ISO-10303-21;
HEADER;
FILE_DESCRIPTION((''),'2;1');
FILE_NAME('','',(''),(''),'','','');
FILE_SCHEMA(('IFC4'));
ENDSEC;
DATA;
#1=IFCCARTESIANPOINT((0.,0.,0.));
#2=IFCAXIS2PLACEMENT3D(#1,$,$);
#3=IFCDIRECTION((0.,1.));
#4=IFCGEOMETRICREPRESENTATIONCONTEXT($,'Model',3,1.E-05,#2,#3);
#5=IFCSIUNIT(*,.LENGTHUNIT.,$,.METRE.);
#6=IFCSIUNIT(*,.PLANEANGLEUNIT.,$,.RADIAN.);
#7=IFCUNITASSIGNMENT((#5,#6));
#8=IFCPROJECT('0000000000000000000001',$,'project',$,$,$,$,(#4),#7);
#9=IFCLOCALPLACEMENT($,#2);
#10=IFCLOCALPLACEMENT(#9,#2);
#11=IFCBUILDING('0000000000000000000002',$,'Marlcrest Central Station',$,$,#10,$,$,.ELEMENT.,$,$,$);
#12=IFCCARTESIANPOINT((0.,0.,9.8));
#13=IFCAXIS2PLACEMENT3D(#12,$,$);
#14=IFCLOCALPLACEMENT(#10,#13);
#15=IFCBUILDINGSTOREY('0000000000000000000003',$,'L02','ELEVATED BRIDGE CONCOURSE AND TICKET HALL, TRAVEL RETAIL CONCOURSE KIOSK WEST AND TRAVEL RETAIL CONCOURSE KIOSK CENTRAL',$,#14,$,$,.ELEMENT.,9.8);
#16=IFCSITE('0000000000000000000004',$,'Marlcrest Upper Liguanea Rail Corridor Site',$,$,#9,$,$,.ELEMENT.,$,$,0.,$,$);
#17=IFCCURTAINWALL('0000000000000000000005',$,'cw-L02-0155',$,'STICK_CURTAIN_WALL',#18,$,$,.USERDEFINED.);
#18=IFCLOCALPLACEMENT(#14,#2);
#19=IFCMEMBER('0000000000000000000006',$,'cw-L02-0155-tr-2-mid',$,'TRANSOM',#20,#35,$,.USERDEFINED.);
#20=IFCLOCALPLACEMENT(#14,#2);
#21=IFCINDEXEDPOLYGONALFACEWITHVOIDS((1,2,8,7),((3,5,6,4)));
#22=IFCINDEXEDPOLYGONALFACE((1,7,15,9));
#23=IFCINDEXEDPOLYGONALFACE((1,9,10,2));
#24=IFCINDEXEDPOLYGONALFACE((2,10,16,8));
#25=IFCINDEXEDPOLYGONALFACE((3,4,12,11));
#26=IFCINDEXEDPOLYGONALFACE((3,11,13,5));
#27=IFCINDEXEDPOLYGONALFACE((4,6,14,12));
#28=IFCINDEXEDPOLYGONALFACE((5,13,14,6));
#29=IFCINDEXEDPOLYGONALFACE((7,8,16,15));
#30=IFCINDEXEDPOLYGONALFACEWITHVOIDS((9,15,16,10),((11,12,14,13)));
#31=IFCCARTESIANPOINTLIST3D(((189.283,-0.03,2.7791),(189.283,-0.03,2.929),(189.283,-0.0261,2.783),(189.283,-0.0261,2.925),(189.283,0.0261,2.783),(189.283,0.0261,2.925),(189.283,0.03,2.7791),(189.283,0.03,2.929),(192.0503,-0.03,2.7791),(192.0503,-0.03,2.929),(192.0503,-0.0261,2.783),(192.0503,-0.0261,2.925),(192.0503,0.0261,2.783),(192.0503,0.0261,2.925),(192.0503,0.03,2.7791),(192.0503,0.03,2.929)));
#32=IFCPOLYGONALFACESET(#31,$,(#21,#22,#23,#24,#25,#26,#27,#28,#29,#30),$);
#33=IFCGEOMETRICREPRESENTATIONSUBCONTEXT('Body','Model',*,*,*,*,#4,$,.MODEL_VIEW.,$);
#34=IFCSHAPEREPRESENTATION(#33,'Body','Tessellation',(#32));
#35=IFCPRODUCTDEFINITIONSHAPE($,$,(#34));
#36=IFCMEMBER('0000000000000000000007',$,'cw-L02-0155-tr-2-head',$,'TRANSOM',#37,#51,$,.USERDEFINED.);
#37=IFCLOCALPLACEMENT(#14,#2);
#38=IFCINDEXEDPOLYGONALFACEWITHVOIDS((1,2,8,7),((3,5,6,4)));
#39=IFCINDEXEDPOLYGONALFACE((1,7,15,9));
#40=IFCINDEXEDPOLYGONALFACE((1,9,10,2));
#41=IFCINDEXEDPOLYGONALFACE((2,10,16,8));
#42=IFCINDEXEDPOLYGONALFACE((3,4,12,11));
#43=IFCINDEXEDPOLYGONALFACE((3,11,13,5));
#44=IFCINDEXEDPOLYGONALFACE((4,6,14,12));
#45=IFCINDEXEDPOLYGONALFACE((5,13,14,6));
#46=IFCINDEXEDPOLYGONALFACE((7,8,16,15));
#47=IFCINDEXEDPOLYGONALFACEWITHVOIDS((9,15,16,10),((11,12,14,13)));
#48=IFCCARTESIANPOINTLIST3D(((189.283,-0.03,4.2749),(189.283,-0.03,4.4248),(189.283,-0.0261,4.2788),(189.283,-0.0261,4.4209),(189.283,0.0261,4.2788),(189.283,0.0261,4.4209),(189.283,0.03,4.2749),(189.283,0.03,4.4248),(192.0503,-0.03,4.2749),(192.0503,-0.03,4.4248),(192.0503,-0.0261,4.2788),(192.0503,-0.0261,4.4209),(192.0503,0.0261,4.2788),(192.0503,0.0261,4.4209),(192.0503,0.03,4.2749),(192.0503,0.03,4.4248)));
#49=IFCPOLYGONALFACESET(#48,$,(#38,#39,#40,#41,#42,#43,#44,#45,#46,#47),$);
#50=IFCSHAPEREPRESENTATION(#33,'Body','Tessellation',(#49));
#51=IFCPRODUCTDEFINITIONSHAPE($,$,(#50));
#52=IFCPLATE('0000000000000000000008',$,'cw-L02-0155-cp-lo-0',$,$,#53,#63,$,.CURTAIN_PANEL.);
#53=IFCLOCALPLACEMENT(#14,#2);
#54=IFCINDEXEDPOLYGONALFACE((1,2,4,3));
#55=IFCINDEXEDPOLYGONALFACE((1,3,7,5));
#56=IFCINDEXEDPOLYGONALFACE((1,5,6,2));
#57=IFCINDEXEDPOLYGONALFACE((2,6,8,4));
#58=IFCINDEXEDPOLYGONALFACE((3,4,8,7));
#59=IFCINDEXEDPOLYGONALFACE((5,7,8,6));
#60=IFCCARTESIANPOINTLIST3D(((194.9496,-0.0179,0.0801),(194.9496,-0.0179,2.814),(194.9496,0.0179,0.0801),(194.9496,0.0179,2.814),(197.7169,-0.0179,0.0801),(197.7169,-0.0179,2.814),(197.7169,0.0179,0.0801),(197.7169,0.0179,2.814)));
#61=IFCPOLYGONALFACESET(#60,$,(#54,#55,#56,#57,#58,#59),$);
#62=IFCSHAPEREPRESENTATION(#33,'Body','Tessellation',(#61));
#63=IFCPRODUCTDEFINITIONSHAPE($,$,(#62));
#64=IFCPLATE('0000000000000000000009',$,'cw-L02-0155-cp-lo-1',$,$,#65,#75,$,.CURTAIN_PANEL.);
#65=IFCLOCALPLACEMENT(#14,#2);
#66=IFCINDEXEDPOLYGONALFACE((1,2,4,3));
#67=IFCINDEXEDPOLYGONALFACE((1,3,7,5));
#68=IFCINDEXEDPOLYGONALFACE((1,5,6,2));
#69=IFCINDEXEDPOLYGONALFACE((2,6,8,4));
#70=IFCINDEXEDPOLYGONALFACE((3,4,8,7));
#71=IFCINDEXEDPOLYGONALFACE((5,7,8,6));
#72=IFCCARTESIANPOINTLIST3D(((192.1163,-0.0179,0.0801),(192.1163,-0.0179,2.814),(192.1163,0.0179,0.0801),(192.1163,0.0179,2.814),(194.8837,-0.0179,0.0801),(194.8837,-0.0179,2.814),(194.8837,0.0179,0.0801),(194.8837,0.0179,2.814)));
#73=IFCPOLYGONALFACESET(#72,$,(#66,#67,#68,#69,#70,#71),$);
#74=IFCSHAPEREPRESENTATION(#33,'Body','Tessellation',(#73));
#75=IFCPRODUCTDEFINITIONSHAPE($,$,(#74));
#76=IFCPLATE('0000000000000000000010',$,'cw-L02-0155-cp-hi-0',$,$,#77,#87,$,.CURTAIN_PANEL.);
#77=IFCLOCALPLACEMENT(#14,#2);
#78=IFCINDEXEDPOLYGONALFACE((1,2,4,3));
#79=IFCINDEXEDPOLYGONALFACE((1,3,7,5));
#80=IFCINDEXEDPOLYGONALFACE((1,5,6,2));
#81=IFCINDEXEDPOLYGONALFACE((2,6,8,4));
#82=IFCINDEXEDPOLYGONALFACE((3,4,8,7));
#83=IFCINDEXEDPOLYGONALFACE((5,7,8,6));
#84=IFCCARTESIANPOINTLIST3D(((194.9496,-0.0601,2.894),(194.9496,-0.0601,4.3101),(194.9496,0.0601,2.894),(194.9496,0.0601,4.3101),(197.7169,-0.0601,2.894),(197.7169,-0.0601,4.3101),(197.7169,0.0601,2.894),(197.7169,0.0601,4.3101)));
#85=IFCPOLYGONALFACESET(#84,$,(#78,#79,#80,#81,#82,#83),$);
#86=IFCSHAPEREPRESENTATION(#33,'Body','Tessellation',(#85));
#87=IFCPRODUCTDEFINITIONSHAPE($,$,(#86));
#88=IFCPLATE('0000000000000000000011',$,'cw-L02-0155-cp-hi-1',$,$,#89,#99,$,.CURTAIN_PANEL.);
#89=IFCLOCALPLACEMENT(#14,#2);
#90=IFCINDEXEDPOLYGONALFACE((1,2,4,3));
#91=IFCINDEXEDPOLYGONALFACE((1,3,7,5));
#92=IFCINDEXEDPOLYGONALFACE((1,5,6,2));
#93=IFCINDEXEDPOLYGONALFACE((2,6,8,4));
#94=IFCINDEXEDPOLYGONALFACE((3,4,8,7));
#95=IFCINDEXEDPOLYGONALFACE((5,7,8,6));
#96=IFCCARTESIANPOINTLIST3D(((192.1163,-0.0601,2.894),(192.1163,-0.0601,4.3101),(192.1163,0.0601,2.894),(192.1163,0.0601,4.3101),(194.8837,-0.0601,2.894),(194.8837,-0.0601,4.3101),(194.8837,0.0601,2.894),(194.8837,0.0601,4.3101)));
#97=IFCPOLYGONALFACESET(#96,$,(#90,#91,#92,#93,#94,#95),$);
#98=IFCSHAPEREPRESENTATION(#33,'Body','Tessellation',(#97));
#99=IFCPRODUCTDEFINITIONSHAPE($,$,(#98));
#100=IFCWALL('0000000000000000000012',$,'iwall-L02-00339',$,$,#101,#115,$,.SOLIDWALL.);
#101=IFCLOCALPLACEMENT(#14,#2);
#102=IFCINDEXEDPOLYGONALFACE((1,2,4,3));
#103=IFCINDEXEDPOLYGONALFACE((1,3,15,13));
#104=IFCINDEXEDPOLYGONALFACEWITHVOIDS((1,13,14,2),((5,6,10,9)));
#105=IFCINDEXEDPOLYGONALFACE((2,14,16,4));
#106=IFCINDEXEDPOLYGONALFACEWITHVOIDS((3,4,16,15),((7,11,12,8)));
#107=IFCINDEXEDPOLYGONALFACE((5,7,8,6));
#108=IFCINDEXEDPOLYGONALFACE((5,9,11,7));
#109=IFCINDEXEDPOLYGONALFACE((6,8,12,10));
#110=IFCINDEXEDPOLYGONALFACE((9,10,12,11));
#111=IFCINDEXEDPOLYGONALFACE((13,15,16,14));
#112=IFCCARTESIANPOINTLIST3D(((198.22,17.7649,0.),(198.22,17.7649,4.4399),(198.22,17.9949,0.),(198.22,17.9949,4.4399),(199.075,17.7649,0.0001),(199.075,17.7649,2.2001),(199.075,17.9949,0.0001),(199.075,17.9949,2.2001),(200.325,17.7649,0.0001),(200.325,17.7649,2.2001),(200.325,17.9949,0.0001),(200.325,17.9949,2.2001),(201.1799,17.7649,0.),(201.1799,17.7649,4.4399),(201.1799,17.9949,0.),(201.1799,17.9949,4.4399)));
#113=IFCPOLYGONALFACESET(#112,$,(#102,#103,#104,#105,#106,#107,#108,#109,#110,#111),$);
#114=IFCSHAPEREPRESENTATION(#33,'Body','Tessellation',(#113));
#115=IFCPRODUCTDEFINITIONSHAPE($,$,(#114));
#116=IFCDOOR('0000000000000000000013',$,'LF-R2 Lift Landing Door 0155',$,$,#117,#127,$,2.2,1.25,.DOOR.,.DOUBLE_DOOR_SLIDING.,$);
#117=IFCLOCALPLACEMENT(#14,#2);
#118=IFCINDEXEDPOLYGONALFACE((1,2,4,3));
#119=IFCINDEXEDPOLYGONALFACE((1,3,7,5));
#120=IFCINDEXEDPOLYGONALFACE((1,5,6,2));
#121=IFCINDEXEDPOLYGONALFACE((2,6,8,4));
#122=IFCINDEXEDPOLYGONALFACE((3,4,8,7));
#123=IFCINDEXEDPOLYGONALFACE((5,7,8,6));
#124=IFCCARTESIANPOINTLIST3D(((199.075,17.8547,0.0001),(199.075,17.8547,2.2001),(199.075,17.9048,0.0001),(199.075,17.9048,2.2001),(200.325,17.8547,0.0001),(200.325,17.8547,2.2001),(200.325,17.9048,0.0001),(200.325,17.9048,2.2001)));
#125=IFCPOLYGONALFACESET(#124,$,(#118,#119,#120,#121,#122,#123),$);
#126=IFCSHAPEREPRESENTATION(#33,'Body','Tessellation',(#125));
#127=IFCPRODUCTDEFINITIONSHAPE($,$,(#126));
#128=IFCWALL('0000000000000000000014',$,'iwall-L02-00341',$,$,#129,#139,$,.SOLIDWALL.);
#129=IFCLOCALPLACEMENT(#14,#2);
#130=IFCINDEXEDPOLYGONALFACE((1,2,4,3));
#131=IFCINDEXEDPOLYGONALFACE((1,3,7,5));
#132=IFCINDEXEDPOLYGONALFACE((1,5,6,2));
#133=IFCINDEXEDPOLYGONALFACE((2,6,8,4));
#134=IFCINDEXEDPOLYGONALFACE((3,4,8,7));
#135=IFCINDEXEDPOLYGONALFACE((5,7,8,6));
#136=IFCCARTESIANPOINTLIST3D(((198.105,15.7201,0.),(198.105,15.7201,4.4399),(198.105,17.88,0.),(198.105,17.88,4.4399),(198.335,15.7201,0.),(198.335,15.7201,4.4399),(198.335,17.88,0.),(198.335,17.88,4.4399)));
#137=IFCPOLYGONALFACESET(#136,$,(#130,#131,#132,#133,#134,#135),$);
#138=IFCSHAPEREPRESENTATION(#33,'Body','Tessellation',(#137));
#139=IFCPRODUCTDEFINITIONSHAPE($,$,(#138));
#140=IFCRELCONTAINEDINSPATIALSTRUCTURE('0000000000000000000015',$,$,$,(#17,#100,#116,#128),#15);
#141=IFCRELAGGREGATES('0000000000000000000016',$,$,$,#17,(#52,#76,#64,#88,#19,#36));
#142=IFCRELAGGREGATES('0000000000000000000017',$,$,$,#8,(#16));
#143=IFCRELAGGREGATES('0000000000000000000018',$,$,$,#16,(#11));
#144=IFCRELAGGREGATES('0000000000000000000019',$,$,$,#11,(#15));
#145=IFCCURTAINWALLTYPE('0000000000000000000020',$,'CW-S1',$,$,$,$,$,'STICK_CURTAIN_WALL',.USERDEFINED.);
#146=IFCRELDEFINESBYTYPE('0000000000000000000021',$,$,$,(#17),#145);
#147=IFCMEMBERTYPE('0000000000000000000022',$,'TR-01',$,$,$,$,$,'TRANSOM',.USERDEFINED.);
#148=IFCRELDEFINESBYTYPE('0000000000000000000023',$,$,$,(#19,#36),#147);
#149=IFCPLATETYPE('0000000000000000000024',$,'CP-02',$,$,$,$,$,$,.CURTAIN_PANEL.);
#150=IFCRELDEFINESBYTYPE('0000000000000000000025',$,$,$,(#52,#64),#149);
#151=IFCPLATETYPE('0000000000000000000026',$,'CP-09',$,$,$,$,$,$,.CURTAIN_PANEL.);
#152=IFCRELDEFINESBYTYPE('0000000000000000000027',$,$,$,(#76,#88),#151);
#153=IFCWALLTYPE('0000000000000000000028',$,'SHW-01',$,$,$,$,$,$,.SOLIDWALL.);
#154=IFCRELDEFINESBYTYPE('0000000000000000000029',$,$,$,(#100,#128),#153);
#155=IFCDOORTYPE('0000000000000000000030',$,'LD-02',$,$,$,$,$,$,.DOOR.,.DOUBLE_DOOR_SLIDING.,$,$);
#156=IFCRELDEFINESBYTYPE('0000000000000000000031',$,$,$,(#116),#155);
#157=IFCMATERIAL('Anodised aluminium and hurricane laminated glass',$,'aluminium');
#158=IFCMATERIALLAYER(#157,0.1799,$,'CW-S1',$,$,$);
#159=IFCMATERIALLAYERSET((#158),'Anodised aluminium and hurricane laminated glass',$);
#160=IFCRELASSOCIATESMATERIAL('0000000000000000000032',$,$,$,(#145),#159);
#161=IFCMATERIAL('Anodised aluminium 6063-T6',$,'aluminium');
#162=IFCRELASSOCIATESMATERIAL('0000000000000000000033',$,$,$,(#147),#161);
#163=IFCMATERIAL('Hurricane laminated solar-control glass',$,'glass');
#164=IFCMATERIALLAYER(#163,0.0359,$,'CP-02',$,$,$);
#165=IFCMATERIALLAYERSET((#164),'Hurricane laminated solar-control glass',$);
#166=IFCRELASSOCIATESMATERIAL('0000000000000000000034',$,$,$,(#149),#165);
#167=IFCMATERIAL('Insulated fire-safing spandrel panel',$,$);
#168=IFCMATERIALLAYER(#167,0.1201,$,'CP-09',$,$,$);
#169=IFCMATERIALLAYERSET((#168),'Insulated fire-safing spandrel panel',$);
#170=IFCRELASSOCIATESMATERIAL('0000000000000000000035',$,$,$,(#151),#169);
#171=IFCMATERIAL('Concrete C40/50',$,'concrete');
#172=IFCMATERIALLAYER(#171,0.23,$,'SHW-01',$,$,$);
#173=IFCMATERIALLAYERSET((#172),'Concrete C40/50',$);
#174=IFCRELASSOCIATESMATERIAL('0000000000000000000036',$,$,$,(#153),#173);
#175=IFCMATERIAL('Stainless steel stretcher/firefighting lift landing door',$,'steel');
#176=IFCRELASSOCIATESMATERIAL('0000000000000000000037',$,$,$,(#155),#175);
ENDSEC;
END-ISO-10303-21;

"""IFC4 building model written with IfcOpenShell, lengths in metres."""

from ifc_helpers import new_model, si_unit, direction, frame, frame_2d, origin, origin_2d, place, context, subcontext, project, spatial, rectangle, hollow_rectangle, extrude, material, layer, layer_set, material_profile, profile_set, type_object, element, fill, aggregate, save


model = new_model("IFC4")

# Units and contexts
model_context = context("Model", 3, precision=1e-05, world=origin(), true_north=direction((0.0, 1.0)))
body_context = subcontext(model_context, "Body", "Model", "MODEL_VIEW")
ifc_project = project(units=[si_unit("LENGTHUNIT", "METRE"), si_unit("PLANEANGLEUNIT", "RADIAN")], contexts=[model_context])

# Site, building, storey
site_placement = place(None, origin())
site = spatial("IfcSite", under=ifc_project, at=site_placement, Name="Marlcrest Upper Liguanea Rail Corridor Site", CompositionType="ELEMENT", RefElevation=0.0)
building_placement = place(site_placement, origin())
building = spatial("IfcBuilding", under=site, at=building_placement, Name="Marlcrest Central Station", CompositionType="ELEMENT")
storey_placement = place(building_placement, frame((0.0, 0.0, 9.8)))
storey = spatial("IfcBuildingStorey", under=building, at=storey_placement, Name="L02", Description="ELEVATED BRIDGE CONCOURSE AND TICKET HALL, TRAVEL RETAIL CONCOURSE KIOSK WEST AND TRAVEL RETAIL CONCOURSE KIOSK CENTRAL", CompositionType="ELEMENT", Elevation=9.8)

# Shared definitions
ifc_material_1 = material(Name="Concrete C40/50", Category="concrete")

# Curtain wall
ifc_material_2 = material(Name="Anodised aluminium and hurricane laminated glass", Category="aluminium")
ifc_layer_1 = layer(ifc_material_2, 0.1799, Name="CW-S1")
ifc_layer_set_1 = layer_set([ifc_layer_1], Name="Anodised aluminium and hurricane laminated glass")
curtain_wall_type = type_object("IfcCurtainWallType", Name="CW-S1", ElementType="STICK_CURTAIN_WALL", PredefinedType="USERDEFINED", material=ifc_layer_set_1)
curtain_wall_placement = place(storey_placement, origin())
curtain_wall = element("IfcCurtainWall", 1, at=curtain_wall_placement, inside=storey, type_object=curtain_wall_type, Name="cw-L02-0155", ObjectType="STICK_CURTAIN_WALL", PredefinedType="USERDEFINED")
ifc_material_3 = material(Name="Anodised aluminium 6063-T6", Category="aluminium")

# Members
ifc_material_profile_1 = material_profile(ifc_material_3, hollow_rectangle(XDim=0.0601, YDim=0.1499, WallThickness=0.0039, at=origin_2d()), Name="AA-RHS 150x60x4")
ifc_profile_set_1 = profile_set([ifc_material_profile_1], Name="Anodised aluminium 6063-T6")
member_type_1 = type_object("IfcMemberType", Name="TR-01", ElementType="TRANSOM", PredefinedType="USERDEFINED", material=ifc_profile_set_1)
member_1_placement = place(storey_placement, frame((192.0503, 0.0, 2.854), z_axis=(-1.0, 0.0, 0.0), x_axis=(0.0, -1.0, 0.0)))
member_1 = element("IfcMember", 2, at=member_1_placement, type_object=member_type_1, Name="cw-L02-0155-tr-2-mid", ObjectType="TRANSOM", PredefinedType="USERDEFINED", context=body_context, shape_type="SweptSolid", body=[
    extrude(hollow_rectangle(XDim=0.0601, YDim=0.1499, WallThickness=0.0039, at=origin_2d()), origin(), (0.0, 0.0, 1.0), 2.7673),
])
member_2_placement = place(storey_placement, frame((192.0503, 0.0, 4.3499), z_axis=(-1.0, 0.0, 0.0), x_axis=(0.0, -1.0, 0.0)))
member_2 = element("IfcMember", 3, at=member_2_placement, type_object=member_type_1, Name="cw-L02-0155-tr-2-head", ObjectType="TRANSOM", PredefinedType="USERDEFINED", context=body_context, shape_type="SweptSolid", body=[
    extrude(hollow_rectangle(XDim=0.0601, YDim=0.1499, WallThickness=0.0039, at=origin_2d()), origin(), (0.0, 0.0, 1.0), 2.7673),
])

# Plates
ifc_material_4 = material(Name="Hurricane laminated solar-control glass", Category="glass")
ifc_layer_2 = layer(ifc_material_4, 0.0359, Name="CP-02")
ifc_layer_set_2 = layer_set([ifc_layer_2], Name="Hurricane laminated solar-control glass")
plate_type_1 = type_object("IfcPlateType", Name="CP-02", PredefinedType="CURTAIN_PANEL", material=ifc_layer_set_2)
plate_1_placement = place(storey_placement, frame((196.3333, 0.0, 0.0801), z_axis=(0.0, 0.0, 1.0), x_axis=(-1.0, 0.0, 0.0)))
plate_1 = element("IfcPlate", 4, at=plate_1_placement, type_object=plate_type_1, Name="cw-L02-0155-cp-lo-0", PredefinedType="CURTAIN_PANEL", context=body_context, shape_type="SweptSolid", body=[
    extrude(rectangle(XDim=2.7673, YDim=0.0359, at=origin_2d()), origin(), (0.0, 0.0, 1.0), 2.7339),
])
plate_2_placement = place(storey_placement, frame((193.5, 0.0, 0.0801), z_axis=(0.0, 0.0, 1.0), x_axis=(-1.0, 0.0, 0.0)))
plate_2 = element("IfcPlate", 5, at=plate_2_placement, type_object=plate_type_1, Name="cw-L02-0155-cp-lo-1", PredefinedType="CURTAIN_PANEL", context=body_context, shape_type="SweptSolid", body=[
    extrude(rectangle(XDim=2.7673, YDim=0.0359, at=origin_2d()), origin(), (0.0, 0.0, 1.0), 2.7339),
])
ifc_material_5 = material(Name="Insulated fire-safing spandrel panel")
ifc_layer_3 = layer(ifc_material_5, 0.1201, Name="CP-09")
ifc_layer_set_3 = layer_set([ifc_layer_3], Name="Insulated fire-safing spandrel panel")
plate_type_2 = type_object("IfcPlateType", Name="CP-09", PredefinedType="CURTAIN_PANEL", material=ifc_layer_set_3)
plate_3_placement = place(storey_placement, frame((196.3333, 0.0, 2.894), z_axis=(0.0, 0.0, 1.0), x_axis=(-1.0, 0.0, 0.0)))
plate_3 = element("IfcPlate", 6, at=plate_3_placement, type_object=plate_type_2, Name="cw-L02-0155-cp-hi-0", PredefinedType="CURTAIN_PANEL", context=body_context, shape_type="SweptSolid", body=[
    extrude(rectangle(XDim=2.7673, YDim=0.1201, at=origin_2d()), origin(), (0.0, 0.0, 1.0), 1.416),
])
plate_4_placement = place(storey_placement, frame((193.5, 0.0, 2.894), z_axis=(0.0, 0.0, 1.0), x_axis=(-1.0, 0.0, 0.0)))
plate_4 = element("IfcPlate", 7, at=plate_4_placement, type_object=plate_type_2, Name="cw-L02-0155-cp-hi-1", PredefinedType="CURTAIN_PANEL", context=body_context, shape_type="SweptSolid", body=[
    extrude(rectangle(XDim=2.7673, YDim=0.1201, at=origin_2d()), origin(), (0.0, 0.0, 1.0), 1.416),
])
aggregate(curtain_wall, [plate_1, plate_3, plate_2, plate_4, member_1, member_2])

# Wall, opening, door
ifc_layer_4 = layer(ifc_material_1, 0.23, Name="SHW-01")
ifc_layer_set_4 = layer_set([ifc_layer_4], Name="Concrete C40/50")
wall_type = type_object("IfcWallType", Name="SHW-01", PredefinedType="SOLIDWALL", material=ifc_layer_set_4)
wall_1_placement = place(storey_placement, frame((198.22, 17.8799, 0.0), z_axis=(0.0, 0.0, 1.0), x_axis=(1.0, 0.0, 0.0)))
wall_1 = element("IfcWall", 8, at=wall_1_placement, inside=storey, type_object=wall_type, Name="iwall-L02-00339", PredefinedType="SOLIDWALL", context=body_context, shape_type="SweptSolid", body=[
    extrude(rectangle(XDim=2.96, YDim=0.23, at=frame_2d((1.48, 0.0))), origin(), (0.0, 0.0, 1.0), 4.4399),
])
opening_placement = place(wall_1_placement, frame((0.855, 0.0, 0.0)))
opening = element("IfcOpeningElement", 9, at=opening_placement, cuts=wall_1, PredefinedType="OPENING", context=body_context, shape_type="SweptSolid", body=[
    extrude(rectangle(XDim=1.25, YDim=2.2, at=frame_2d((0.625, 1.1001))), frame((0.0, 0.125, 0.0), z_axis=(0.0, -1.0, 0.0), x_axis=(1.0, 0.0, 0.0)), (0.0, 0.0, 1.0), 0.25),
])
ifc_material_6 = material(Name="Stainless steel stretcher/firefighting lift landing door", Category="steel")
door_type = type_object("IfcDoorType", Name="LD-02", OperationType="DOUBLE_DOOR_SLIDING", PredefinedType="DOOR", material=ifc_material_6)
door_placement = place(opening_placement, origin())
door = element("IfcDoor", 10, at=door_placement, inside=storey, type_object=door_type, Name="LF-R2 Lift Landing Door 0155", OperationType="DOUBLE_DOOR_SLIDING", OverallHeight=2.2, OverallWidth=1.25, PredefinedType="DOOR", context=body_context, shape_type="SweptSolid", body=[
    extrude(rectangle(XDim=1.25, YDim=2.2, at=frame_2d((0.625, 1.1001))), frame((0.0, 0.0249, 0.0), z_axis=(0.0, -1.0, 0.0), x_axis=(1.0, 0.0, 0.0)), (0.0, 0.0, 1.0), 0.05),
])
fill(opening, door)

# Wall
wall_2_placement = place(storey_placement, frame((198.22, 15.72, 0.0), z_axis=(0.0, 0.0, 1.0), x_axis=(0.0, 1.0, 0.0)))
element("IfcWall", 11, at=wall_2_placement, inside=storey, type_object=wall_type, Name="iwall-L02-00341", PredefinedType="SOLIDWALL", context=body_context, shape_type="SweptSolid", body=[
    extrude(rectangle(XDim=2.1599, YDim=0.23, at=frame_2d((1.0801, 0.0))), origin(), (0.0, 0.0, 1.0), 4.4399),
])

save(model, "model.ifc")
